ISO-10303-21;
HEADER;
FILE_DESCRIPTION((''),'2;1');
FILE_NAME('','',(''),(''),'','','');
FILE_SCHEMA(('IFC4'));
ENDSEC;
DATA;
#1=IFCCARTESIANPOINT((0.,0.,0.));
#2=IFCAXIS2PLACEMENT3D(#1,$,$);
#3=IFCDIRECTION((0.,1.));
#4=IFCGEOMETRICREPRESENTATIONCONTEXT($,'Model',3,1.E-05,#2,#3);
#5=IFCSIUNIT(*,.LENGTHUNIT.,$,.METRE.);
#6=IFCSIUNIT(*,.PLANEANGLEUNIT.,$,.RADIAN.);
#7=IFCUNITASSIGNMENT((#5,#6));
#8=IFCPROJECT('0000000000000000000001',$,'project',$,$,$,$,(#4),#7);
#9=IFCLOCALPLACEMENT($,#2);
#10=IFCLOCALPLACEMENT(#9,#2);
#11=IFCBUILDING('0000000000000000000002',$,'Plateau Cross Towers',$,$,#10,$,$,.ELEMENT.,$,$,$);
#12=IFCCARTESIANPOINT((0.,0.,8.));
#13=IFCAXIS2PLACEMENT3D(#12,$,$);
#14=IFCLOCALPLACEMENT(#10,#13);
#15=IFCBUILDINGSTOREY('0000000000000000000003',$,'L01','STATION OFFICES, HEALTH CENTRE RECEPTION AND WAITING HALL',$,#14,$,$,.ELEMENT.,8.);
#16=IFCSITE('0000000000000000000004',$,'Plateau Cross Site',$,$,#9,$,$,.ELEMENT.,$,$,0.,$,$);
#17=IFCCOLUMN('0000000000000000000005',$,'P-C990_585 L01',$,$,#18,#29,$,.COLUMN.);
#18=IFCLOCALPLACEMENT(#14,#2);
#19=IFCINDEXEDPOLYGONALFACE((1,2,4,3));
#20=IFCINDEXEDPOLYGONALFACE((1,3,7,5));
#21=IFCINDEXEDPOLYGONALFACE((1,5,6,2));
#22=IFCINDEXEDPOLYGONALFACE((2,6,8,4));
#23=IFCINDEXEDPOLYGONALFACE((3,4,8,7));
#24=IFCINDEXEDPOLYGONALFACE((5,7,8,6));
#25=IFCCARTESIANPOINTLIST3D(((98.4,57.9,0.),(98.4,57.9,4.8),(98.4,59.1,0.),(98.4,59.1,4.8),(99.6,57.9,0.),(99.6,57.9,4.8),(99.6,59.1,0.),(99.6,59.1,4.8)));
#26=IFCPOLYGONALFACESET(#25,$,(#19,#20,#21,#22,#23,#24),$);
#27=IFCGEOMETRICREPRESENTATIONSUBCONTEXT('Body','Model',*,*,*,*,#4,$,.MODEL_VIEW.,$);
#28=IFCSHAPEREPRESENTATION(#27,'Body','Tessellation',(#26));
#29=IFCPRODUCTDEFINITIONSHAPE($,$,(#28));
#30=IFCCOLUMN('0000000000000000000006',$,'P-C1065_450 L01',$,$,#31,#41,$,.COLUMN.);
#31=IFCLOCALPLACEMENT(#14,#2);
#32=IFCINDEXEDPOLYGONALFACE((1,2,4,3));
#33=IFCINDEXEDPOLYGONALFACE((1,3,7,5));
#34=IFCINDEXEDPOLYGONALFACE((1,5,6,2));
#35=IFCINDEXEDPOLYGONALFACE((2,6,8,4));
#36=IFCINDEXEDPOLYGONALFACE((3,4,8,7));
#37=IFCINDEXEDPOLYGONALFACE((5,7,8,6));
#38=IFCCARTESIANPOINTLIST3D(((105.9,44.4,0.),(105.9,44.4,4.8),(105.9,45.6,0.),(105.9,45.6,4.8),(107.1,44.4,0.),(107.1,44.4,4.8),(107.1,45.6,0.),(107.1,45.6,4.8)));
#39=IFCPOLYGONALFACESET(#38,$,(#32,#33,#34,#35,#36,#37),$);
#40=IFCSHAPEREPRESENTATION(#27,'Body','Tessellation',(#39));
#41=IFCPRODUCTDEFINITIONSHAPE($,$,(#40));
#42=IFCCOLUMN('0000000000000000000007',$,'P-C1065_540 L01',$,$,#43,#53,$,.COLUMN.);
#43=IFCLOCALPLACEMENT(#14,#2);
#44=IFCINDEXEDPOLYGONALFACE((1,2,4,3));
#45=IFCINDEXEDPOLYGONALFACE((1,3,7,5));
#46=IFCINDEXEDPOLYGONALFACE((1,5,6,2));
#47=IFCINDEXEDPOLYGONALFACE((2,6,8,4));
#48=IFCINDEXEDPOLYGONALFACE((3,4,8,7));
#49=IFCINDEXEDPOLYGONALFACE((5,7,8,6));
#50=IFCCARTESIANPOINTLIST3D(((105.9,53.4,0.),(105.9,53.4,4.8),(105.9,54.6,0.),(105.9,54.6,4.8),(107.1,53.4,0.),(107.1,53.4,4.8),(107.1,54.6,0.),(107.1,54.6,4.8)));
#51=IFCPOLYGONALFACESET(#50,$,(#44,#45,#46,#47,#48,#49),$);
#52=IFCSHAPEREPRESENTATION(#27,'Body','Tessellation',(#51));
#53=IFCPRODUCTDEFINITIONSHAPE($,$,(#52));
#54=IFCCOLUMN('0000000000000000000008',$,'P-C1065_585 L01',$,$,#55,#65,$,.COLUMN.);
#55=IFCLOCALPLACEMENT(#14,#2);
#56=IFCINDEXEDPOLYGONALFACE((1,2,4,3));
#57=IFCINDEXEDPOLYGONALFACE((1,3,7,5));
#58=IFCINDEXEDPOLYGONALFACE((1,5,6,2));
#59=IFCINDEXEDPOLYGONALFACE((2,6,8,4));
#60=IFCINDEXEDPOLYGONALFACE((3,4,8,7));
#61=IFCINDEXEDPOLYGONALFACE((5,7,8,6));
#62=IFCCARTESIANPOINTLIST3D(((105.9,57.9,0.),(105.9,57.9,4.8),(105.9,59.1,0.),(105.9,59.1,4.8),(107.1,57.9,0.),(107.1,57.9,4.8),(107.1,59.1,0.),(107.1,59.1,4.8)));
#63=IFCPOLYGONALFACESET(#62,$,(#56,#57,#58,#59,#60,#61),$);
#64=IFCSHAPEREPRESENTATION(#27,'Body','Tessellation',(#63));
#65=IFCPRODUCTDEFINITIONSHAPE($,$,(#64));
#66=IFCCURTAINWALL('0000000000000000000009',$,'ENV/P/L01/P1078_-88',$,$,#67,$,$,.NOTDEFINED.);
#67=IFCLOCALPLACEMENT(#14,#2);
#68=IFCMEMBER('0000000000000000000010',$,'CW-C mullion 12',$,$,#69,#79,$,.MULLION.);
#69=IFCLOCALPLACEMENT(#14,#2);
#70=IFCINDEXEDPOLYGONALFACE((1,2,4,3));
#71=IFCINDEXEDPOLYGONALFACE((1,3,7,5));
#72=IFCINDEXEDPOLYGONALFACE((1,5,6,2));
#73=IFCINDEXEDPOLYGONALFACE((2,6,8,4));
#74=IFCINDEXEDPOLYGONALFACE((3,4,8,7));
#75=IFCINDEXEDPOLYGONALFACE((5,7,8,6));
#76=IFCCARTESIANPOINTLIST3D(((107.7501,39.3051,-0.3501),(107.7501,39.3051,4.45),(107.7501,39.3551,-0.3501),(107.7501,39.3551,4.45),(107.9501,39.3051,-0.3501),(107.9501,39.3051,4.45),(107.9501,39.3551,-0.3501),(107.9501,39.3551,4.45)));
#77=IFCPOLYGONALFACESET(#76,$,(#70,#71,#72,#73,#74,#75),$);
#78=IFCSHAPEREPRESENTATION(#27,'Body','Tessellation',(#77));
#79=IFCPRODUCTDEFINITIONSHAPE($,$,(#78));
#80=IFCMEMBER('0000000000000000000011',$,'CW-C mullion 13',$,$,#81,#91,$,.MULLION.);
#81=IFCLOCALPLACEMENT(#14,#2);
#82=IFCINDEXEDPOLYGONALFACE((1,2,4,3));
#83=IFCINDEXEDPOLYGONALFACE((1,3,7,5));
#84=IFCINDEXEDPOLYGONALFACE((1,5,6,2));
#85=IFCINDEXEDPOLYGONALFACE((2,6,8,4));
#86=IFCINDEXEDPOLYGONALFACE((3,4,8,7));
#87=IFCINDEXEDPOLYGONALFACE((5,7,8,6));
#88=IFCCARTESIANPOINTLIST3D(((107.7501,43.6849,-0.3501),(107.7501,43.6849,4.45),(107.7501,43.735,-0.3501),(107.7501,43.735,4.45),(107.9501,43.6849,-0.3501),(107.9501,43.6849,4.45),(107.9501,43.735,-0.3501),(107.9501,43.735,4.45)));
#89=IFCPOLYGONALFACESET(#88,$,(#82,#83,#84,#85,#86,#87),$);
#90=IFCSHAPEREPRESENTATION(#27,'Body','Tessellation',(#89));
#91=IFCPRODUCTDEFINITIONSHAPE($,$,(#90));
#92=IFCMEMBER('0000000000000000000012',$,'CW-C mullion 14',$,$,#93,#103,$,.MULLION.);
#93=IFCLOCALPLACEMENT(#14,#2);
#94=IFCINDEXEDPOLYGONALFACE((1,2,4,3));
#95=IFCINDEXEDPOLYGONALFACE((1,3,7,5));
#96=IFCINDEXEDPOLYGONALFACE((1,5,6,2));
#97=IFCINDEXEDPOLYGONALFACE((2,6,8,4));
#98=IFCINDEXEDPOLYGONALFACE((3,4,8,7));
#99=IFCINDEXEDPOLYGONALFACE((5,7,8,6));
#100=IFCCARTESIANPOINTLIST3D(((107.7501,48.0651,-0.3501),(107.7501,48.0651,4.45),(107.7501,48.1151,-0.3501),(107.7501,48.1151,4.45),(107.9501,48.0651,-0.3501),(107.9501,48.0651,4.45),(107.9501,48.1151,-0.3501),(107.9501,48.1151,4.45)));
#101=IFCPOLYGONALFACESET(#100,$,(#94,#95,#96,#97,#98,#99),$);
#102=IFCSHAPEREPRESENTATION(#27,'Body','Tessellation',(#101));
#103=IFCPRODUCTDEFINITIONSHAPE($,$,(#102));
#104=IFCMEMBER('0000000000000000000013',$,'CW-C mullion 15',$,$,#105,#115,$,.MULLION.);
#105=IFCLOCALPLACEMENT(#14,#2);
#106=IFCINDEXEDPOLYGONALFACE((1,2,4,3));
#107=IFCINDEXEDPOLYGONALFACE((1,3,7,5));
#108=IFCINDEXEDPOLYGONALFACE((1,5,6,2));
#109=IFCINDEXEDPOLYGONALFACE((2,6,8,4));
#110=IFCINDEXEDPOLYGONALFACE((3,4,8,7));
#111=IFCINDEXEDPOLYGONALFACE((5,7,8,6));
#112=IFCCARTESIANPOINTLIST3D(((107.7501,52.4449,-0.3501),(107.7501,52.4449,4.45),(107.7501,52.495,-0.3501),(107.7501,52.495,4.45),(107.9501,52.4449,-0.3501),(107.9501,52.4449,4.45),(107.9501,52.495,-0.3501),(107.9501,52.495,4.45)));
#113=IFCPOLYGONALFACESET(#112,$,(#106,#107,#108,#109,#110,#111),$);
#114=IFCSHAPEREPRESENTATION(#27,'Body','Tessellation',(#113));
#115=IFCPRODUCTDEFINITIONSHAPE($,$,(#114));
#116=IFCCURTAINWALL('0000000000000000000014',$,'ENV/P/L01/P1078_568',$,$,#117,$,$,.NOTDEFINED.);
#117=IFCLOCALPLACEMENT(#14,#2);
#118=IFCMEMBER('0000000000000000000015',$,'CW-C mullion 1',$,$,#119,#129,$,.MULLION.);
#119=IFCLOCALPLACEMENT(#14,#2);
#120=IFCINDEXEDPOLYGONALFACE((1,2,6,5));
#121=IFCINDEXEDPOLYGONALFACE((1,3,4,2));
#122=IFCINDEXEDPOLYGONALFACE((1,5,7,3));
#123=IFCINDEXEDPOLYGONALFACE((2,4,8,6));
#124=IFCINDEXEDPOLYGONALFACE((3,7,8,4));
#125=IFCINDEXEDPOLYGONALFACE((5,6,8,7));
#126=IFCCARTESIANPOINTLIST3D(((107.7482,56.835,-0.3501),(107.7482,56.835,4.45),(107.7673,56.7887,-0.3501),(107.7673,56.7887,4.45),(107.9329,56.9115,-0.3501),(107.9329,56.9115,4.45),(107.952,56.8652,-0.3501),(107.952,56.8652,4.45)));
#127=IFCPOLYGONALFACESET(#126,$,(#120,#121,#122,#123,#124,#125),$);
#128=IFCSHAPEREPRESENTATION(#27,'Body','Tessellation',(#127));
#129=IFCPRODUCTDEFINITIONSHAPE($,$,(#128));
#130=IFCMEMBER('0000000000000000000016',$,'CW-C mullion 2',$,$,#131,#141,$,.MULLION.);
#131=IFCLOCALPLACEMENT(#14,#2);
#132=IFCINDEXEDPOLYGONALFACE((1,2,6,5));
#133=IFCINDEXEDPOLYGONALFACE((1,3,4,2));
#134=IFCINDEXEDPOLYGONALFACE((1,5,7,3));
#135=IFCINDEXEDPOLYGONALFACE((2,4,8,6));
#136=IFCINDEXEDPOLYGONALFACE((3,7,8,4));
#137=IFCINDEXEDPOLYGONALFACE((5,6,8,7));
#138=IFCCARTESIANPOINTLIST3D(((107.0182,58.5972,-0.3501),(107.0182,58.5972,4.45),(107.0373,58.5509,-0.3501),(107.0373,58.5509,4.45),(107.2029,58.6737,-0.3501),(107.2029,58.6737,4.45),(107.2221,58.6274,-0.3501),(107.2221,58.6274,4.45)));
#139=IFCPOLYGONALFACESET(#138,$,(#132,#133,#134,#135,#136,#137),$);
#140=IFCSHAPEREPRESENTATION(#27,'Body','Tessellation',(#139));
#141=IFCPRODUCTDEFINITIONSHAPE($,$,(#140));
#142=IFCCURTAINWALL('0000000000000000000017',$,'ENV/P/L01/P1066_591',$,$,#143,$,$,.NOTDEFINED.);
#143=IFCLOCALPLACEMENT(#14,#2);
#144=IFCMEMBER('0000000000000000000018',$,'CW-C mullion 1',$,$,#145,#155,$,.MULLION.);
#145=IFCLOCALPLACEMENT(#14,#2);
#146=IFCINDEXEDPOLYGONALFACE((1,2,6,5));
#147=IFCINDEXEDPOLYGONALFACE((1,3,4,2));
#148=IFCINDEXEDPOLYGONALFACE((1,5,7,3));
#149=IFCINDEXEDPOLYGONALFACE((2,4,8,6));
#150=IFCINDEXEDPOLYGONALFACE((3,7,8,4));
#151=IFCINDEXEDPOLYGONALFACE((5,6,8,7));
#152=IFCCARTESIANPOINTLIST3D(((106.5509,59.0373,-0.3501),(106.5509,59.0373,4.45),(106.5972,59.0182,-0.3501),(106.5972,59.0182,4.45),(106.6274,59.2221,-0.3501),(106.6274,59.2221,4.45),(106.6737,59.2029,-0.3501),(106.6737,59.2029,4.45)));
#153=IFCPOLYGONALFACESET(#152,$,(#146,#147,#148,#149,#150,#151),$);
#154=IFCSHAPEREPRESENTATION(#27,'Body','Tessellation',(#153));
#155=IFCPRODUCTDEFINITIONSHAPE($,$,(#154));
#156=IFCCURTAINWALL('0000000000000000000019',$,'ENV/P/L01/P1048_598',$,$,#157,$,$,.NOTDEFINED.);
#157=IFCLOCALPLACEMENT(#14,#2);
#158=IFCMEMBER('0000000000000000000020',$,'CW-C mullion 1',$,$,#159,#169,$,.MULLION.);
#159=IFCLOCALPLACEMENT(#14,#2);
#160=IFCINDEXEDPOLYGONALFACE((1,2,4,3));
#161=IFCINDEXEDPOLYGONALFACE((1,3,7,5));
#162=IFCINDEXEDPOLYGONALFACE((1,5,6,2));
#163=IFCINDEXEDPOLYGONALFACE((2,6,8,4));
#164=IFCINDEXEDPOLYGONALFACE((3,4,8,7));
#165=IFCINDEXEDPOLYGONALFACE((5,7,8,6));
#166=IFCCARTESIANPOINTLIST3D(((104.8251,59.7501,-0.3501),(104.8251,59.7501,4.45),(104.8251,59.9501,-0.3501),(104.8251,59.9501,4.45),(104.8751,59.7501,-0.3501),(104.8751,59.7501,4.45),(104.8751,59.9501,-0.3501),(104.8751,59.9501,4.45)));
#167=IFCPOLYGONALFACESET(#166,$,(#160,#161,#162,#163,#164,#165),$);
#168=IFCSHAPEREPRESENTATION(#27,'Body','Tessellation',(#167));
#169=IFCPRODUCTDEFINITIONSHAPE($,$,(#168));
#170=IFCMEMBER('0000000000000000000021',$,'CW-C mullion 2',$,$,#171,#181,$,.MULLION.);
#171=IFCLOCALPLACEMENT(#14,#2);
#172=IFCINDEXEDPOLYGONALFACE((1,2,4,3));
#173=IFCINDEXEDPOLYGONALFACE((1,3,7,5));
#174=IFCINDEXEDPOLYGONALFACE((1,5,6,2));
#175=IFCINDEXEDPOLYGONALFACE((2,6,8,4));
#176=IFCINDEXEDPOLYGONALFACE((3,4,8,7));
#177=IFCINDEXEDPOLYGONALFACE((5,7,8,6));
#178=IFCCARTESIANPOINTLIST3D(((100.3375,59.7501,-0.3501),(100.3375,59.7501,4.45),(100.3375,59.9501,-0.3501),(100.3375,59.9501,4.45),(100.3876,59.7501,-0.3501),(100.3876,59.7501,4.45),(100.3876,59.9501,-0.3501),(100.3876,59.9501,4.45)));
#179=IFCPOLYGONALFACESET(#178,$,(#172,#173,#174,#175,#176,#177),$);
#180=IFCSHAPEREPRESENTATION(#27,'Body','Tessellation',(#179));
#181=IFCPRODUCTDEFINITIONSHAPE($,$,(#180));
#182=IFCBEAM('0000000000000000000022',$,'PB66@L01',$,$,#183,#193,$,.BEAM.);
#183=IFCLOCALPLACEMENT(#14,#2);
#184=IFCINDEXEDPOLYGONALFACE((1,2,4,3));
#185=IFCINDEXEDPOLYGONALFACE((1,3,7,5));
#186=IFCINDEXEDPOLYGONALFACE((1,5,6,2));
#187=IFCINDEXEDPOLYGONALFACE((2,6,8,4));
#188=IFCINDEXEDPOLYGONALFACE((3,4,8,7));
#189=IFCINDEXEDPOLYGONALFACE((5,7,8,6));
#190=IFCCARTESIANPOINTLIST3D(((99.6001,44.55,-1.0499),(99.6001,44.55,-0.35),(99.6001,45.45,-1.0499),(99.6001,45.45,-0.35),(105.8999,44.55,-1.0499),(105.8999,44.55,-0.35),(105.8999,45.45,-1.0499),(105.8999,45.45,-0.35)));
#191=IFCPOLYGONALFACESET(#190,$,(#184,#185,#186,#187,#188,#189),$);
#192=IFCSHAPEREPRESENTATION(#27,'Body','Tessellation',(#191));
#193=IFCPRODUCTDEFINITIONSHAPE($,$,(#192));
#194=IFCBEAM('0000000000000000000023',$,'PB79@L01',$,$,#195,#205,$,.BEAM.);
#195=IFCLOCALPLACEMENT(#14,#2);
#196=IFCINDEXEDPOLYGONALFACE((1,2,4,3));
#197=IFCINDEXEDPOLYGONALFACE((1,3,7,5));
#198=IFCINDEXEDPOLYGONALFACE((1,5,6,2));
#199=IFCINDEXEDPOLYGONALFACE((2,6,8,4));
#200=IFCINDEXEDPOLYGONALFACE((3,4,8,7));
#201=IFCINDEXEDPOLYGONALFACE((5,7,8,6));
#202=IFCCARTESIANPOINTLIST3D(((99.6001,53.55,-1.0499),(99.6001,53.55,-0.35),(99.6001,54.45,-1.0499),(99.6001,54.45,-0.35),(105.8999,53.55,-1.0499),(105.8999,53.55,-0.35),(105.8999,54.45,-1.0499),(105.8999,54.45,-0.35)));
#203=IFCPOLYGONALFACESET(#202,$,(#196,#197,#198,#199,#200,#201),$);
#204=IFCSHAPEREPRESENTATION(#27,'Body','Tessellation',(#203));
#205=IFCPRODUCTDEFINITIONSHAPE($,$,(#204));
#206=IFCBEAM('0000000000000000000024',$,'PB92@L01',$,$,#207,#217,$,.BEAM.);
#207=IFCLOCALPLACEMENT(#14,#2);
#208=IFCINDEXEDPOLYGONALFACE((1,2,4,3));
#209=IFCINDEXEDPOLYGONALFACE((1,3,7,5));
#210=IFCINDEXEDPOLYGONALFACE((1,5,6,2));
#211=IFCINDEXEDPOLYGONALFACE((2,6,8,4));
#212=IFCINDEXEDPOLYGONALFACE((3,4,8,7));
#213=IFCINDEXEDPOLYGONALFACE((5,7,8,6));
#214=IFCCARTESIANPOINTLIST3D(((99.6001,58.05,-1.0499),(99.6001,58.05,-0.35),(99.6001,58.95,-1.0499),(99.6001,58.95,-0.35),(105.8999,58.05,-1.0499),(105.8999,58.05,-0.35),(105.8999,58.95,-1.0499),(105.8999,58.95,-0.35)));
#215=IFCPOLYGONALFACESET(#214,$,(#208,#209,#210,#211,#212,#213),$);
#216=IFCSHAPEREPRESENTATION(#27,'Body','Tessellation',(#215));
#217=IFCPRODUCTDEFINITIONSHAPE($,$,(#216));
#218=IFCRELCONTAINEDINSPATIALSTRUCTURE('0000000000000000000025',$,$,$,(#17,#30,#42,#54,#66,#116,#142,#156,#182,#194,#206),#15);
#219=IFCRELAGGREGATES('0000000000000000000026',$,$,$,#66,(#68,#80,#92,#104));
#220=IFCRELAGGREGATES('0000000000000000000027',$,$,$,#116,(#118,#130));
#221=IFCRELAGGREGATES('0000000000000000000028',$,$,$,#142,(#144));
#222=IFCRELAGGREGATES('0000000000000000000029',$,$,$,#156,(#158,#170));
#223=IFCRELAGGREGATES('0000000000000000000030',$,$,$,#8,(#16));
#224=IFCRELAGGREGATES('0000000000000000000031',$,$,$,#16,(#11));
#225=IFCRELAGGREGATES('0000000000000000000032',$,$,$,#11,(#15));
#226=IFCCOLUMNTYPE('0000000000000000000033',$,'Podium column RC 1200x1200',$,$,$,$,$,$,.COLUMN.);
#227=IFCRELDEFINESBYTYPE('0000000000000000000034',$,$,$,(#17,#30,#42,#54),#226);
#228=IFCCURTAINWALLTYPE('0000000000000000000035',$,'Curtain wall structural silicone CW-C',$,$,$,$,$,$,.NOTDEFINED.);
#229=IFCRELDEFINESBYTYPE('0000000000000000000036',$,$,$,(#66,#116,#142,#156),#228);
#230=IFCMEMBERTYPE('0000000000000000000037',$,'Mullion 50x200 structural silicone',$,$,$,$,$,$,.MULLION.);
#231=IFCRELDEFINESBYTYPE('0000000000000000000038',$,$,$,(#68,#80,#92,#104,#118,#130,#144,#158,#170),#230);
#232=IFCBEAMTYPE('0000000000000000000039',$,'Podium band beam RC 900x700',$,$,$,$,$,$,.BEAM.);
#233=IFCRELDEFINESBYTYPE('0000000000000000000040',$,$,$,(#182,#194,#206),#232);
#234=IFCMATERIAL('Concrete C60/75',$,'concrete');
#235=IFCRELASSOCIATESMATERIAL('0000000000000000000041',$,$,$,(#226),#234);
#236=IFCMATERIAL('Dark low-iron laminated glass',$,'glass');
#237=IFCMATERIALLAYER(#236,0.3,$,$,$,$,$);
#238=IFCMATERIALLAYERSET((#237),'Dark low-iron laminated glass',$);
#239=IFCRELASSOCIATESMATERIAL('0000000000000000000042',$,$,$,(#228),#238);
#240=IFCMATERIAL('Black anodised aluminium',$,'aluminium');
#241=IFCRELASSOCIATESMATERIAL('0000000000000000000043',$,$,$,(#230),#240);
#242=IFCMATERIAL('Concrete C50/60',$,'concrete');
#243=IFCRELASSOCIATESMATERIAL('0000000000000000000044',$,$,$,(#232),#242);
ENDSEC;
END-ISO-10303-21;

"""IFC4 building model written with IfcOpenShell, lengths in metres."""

from ifc_helpers import new_model, si_unit, direction, frame, origin, origin_2d, place, context, subcontext, project, spatial, rectangle, extrude, material, layer, layer_set, material_profile, profile_set, type_object, element, aggregate, save


model = new_model("IFC4")

# Units and contexts
model_context = context("Model", 3, precision=1e-05, world=origin(), true_north=direction((0.0, 1.0)))
body_context = subcontext(model_context, "Body", "Model", "MODEL_VIEW")
ifc_project = project(units=[si_unit("LENGTHUNIT", "METRE"), si_unit("PLANEANGLEUNIT", "RADIAN")], contexts=[model_context])

# Site, building, storey
site_placement = place(None, origin())
site = spatial("IfcSite", under=ifc_project, at=site_placement, Name="Plateau Cross Site", CompositionType="ELEMENT", RefElevation=0.0)
building_placement = place(site_placement, origin())
building = spatial("IfcBuilding", under=site, at=building_placement, Name="Plateau Cross Towers", CompositionType="ELEMENT")
storey_placement = place(building_placement, frame((0.0, 0.0, 8.0)))
storey = spatial("IfcBuildingStorey", under=building, at=storey_placement, Name="L01", Description="STATION OFFICES, HEALTH CENTRE RECEPTION AND WAITING HALL", CompositionType="ELEMENT", Elevation=8.0)

# Columns
ifc_material_1 = material(Name="Concrete C60/75", Category="concrete")
ifc_material_profile_1 = material_profile(ifc_material_1, rectangle(XDim=1.2, YDim=1.2, at=origin_2d()), Name="RC 1200x1200")
ifc_profile_set_1 = profile_set([ifc_material_profile_1], Name="Concrete C60/75")
column_type = type_object("IfcColumnType", Name="Podium column RC 1200x1200", PredefinedType="COLUMN", material=ifc_profile_set_1)
for number, where, z_axis, x_axis, name in (
    (1, (99.0, 58.5, 0.0), (0.0, 0.0, 1.0), (1.0, 0.0, 0.0), "P-C990_585 L01"),
    (2, (106.5, 45.0, 0.0), (0.0, 0.0, 1.0), (1.0, 0.0, 0.0), "P-C1065_450 L01"),
    (3, (106.5, 54.0, 0.0), (0.0, 0.0, 1.0), (1.0, 0.0, 0.0), "P-C1065_540 L01"),
    (4, (106.5, 58.5, 0.0), (0.0, 0.0, 1.0), (1.0, 0.0, 0.0), "P-C1065_585 L01"),
):
    element("IfcColumn", number, at=place(storey_placement, frame(where, z_axis=z_axis, x_axis=x_axis)), inside=storey, type_object=column_type, Name=name, PredefinedType="COLUMN", context=body_context, shape_type="SweptSolid", body=[
        extrude(rectangle(XDim=1.2, YDim=1.2, at=origin_2d()), origin(), (0.0, 0.0, 1.0), 4.8),
    ])

# Curtain walls, members
ifc_material_2 = material(Name="Dark low-iron laminated glass", Category="glass")
ifc_layer_1 = layer(ifc_material_2, 0.3)
ifc_layer_set_1 = layer_set([ifc_layer_1], Name="Dark low-iron laminated glass")
curtain_wall_type = type_object("IfcCurtainWallType", Name="Curtain wall structural silicone CW-C", PredefinedType="NOTDEFINED", material=ifc_layer_set_1)
curtain_wall_1_placement = place(storey_placement, origin())
curtain_wall_1 = element("IfcCurtainWall", 5, at=curtain_wall_1_placement, inside=storey, type_object=curtain_wall_type, Name="ENV/P/L01/P1078_-88", PredefinedType="NOTDEFINED")
ifc_material_3 = material(Name="Black anodised aluminium", Category="aluminium")
ifc_material_profile_2 = material_profile(ifc_material_3, rectangle(XDim=0.05, YDim=0.2, at=origin_2d()), Name="MULLION 50x200")
ifc_profile_set_2 = profile_set([ifc_material_profile_2], Name="Black anodised aluminium")
member_type_1 = type_object("IfcMemberType", Name="Mullion 50x200 structural silicone", PredefinedType="MULLION", material=ifc_profile_set_2)
member_1_placement = place(storey_placement, frame((107.8501, 39.3301, -0.3501), z_axis=(0.0, 0.0, 1.0), x_axis=(0.0, 1.0, 0.0)))
member_1 = element("IfcMember", 6, at=member_1_placement, type_object=member_type_1, Name="CW-C mullion 12", PredefinedType="MULLION", context=body_context, shape_type="SweptSolid", body=[
    extrude(rectangle(XDim=0.05, YDim=0.2, at=origin_2d()), origin(), (0.0, 0.0, 1.0), 4.8),
])
member_2_placement = place(storey_placement, frame((107.8501, 43.71, -0.3501), z_axis=(0.0, 0.0, 1.0), x_axis=(0.0, 1.0, 0.0)))
member_2 = element("IfcMember", 7, at=member_2_placement, type_object=member_type_1, Name="CW-C mullion 13", PredefinedType="MULLION", context=body_context, shape_type="SweptSolid", body=[
    extrude(rectangle(XDim=0.05, YDim=0.2, at=origin_2d()), origin(), (0.0, 0.0, 1.0), 4.8),
])
member_3_placement = place(storey_placement, frame((107.8501, 48.0901, -0.3501), z_axis=(0.0, 0.0, 1.0), x_axis=(0.0, 1.0, 0.0)))
member_3 = element("IfcMember", 8, at=member_3_placement, type_object=member_type_1, Name="CW-C mullion 14", PredefinedType="MULLION", context=body_context, shape_type="SweptSolid", body=[
    extrude(rectangle(XDim=0.05, YDim=0.2, at=origin_2d()), origin(), (0.0, 0.0, 1.0), 4.8),
])
member_4_placement = place(storey_placement, frame((107.8501, 52.47, -0.3501), z_axis=(0.0, 0.0, 1.0), x_axis=(0.0, 1.0, 0.0)))
member_4 = element("IfcMember", 9, at=member_4_placement, type_object=member_type_1, Name="CW-C mullion 15", PredefinedType="MULLION", context=body_context, shape_type="SweptSolid", body=[
    extrude(rectangle(XDim=0.05, YDim=0.2, at=origin_2d()), origin(), (0.0, 0.0, 1.0), 4.8),
])
curtain_wall_2_placement = place(storey_placement, origin())
curtain_wall_2 = element("IfcCurtainWall", 10, at=curtain_wall_2_placement, inside=storey, type_object=curtain_wall_type, Name="ENV/P/L01/P1078_568", PredefinedType="NOTDEFINED")
member_5_placement = place(storey_placement, frame((107.8501, 56.8501, -0.3501), z_axis=(0.0, 0.0, 1.0), x_axis=(-0.382684, 0.923879, 0.0)))
member_5 = element("IfcMember", 11, at=member_5_placement, type_object=member_type_1, Name="CW-C mullion 1", PredefinedType="MULLION", context=body_context, shape_type="SweptSolid", body=[
    extrude(rectangle(XDim=0.05, YDim=0.2, at=origin_2d()), origin(), (0.0, 0.0, 1.0), 4.8),
])
member_6_placement = place(storey_placement, frame((107.1201, 58.6123, -0.3501), z_axis=(0.0, 0.0, 1.0), x_axis=(-0.382684, 0.923879, 0.0)))
member_6 = element("IfcMember", 12, at=member_6_placement, type_object=member_type_1, Name="CW-C mullion 2", PredefinedType="MULLION", context=body_context, shape_type="SweptSolid", body=[
    extrude(rectangle(XDim=0.05, YDim=0.2, at=origin_2d()), origin(), (0.0, 0.0, 1.0), 4.8),
])

# Curtain wall, member
curtain_wall_3_placement = place(storey_placement, origin())
curtain_wall_3 = element("IfcCurtainWall", 13, at=curtain_wall_3_placement, inside=storey, type_object=curtain_wall_type, Name="ENV/P/L01/P1066_591", PredefinedType="NOTDEFINED")
member_7_placement = place(storey_placement, frame((106.6123, 59.1201, -0.3501), z_axis=(0.0, 0.0, 1.0), x_axis=(-0.923879, 0.382684, 0.0)))
member_7 = element("IfcMember", 14, at=member_7_placement, type_object=member_type_1, Name="CW-C mullion 1", PredefinedType="MULLION", context=body_context, shape_type="SweptSolid", body=[
    extrude(rectangle(XDim=0.05, YDim=0.2, at=origin_2d()), origin(), (0.0, 0.0, 1.0), 4.8),
])

# Curtain wall, members
curtain_wall_4_placement = place(storey_placement, origin())
curtain_wall_4 = element("IfcCurtainWall", 15, at=curtain_wall_4_placement, inside=storey, type_object=curtain_wall_type, Name="ENV/P/L01/P1048_598", PredefinedType="NOTDEFINED")
member_8_placement = place(storey_placement, frame((104.8501, 59.8501, -0.3501), z_axis=(0.0, 0.0, 1.0), x_axis=(-1.0, 0.0, 0.0)))
member_8 = element("IfcMember", 16, at=member_8_placement, type_object=member_type_1, Name="CW-C mullion 1", PredefinedType="MULLION", context=body_context, shape_type="SweptSolid", body=[
    extrude(rectangle(XDim=0.05, YDim=0.2, at=origin_2d()), origin(), (0.0, 0.0, 1.0), 4.8),
])
member_9_placement = place(storey_placement, frame((100.3625, 59.8501, -0.3501), z_axis=(0.0, 0.0, 1.0), x_axis=(-1.0, 0.0, 0.0)))
member_9 = element("IfcMember", 17, at=member_9_placement, type_object=member_type_1, Name="CW-C mullion 2", PredefinedType="MULLION", context=body_context, shape_type="SweptSolid", body=[
    extrude(rectangle(XDim=0.05, YDim=0.2, at=origin_2d()), origin(), (0.0, 0.0, 1.0), 4.8),
])

# Beams
ifc_material_4 = material(Name="Concrete C50/60", Category="concrete")
ifc_material_profile_3 = material_profile(ifc_material_4, rectangle(XDim=0.8999, YDim=0.7, at=origin_2d()), Name="RC 900x700")
ifc_profile_set_3 = profile_set([ifc_material_profile_3], Name="Concrete C50/60")
beam_type = type_object("IfcBeamType", Name="Podium band beam RC 900x700", PredefinedType="BEAM", material=ifc_profile_set_3)
for number, where, z_axis, x_axis, name in (
    (18, (99.6001, 45.0, -0.7), (1.0, 0.0, 0.0), (0.0, 1.0, 0.0), "PB66@L01"),
    (19, (99.6001, 54.0, -0.7), (1.0, 0.0, 0.0), (0.0, 1.0, 0.0), "PB79@L01"),
    (20, (99.6001, 58.5, -0.7), (1.0, 0.0, 0.0), (0.0, 1.0, 0.0), "PB92@L01"),
):
    element("IfcBeam", number, at=place(storey_placement, frame(where, z_axis=z_axis, x_axis=x_axis)), inside=storey, type_object=beam_type, Name=name, PredefinedType="BEAM", context=body_context, shape_type="SweptSolid", body=[
        extrude(rectangle(XDim=0.8999, YDim=0.7, at=origin_2d()), origin(), (0.0, 0.0, 1.0), 6.2998),
    ])

aggregate(curtain_wall_1, [member_1, member_2, member_3, member_4])
aggregate(curtain_wall_2, [member_5, member_6])
aggregate(curtain_wall_3, [member_7])
aggregate(curtain_wall_4, [member_8, member_9])

save(model, "model.ifc")
